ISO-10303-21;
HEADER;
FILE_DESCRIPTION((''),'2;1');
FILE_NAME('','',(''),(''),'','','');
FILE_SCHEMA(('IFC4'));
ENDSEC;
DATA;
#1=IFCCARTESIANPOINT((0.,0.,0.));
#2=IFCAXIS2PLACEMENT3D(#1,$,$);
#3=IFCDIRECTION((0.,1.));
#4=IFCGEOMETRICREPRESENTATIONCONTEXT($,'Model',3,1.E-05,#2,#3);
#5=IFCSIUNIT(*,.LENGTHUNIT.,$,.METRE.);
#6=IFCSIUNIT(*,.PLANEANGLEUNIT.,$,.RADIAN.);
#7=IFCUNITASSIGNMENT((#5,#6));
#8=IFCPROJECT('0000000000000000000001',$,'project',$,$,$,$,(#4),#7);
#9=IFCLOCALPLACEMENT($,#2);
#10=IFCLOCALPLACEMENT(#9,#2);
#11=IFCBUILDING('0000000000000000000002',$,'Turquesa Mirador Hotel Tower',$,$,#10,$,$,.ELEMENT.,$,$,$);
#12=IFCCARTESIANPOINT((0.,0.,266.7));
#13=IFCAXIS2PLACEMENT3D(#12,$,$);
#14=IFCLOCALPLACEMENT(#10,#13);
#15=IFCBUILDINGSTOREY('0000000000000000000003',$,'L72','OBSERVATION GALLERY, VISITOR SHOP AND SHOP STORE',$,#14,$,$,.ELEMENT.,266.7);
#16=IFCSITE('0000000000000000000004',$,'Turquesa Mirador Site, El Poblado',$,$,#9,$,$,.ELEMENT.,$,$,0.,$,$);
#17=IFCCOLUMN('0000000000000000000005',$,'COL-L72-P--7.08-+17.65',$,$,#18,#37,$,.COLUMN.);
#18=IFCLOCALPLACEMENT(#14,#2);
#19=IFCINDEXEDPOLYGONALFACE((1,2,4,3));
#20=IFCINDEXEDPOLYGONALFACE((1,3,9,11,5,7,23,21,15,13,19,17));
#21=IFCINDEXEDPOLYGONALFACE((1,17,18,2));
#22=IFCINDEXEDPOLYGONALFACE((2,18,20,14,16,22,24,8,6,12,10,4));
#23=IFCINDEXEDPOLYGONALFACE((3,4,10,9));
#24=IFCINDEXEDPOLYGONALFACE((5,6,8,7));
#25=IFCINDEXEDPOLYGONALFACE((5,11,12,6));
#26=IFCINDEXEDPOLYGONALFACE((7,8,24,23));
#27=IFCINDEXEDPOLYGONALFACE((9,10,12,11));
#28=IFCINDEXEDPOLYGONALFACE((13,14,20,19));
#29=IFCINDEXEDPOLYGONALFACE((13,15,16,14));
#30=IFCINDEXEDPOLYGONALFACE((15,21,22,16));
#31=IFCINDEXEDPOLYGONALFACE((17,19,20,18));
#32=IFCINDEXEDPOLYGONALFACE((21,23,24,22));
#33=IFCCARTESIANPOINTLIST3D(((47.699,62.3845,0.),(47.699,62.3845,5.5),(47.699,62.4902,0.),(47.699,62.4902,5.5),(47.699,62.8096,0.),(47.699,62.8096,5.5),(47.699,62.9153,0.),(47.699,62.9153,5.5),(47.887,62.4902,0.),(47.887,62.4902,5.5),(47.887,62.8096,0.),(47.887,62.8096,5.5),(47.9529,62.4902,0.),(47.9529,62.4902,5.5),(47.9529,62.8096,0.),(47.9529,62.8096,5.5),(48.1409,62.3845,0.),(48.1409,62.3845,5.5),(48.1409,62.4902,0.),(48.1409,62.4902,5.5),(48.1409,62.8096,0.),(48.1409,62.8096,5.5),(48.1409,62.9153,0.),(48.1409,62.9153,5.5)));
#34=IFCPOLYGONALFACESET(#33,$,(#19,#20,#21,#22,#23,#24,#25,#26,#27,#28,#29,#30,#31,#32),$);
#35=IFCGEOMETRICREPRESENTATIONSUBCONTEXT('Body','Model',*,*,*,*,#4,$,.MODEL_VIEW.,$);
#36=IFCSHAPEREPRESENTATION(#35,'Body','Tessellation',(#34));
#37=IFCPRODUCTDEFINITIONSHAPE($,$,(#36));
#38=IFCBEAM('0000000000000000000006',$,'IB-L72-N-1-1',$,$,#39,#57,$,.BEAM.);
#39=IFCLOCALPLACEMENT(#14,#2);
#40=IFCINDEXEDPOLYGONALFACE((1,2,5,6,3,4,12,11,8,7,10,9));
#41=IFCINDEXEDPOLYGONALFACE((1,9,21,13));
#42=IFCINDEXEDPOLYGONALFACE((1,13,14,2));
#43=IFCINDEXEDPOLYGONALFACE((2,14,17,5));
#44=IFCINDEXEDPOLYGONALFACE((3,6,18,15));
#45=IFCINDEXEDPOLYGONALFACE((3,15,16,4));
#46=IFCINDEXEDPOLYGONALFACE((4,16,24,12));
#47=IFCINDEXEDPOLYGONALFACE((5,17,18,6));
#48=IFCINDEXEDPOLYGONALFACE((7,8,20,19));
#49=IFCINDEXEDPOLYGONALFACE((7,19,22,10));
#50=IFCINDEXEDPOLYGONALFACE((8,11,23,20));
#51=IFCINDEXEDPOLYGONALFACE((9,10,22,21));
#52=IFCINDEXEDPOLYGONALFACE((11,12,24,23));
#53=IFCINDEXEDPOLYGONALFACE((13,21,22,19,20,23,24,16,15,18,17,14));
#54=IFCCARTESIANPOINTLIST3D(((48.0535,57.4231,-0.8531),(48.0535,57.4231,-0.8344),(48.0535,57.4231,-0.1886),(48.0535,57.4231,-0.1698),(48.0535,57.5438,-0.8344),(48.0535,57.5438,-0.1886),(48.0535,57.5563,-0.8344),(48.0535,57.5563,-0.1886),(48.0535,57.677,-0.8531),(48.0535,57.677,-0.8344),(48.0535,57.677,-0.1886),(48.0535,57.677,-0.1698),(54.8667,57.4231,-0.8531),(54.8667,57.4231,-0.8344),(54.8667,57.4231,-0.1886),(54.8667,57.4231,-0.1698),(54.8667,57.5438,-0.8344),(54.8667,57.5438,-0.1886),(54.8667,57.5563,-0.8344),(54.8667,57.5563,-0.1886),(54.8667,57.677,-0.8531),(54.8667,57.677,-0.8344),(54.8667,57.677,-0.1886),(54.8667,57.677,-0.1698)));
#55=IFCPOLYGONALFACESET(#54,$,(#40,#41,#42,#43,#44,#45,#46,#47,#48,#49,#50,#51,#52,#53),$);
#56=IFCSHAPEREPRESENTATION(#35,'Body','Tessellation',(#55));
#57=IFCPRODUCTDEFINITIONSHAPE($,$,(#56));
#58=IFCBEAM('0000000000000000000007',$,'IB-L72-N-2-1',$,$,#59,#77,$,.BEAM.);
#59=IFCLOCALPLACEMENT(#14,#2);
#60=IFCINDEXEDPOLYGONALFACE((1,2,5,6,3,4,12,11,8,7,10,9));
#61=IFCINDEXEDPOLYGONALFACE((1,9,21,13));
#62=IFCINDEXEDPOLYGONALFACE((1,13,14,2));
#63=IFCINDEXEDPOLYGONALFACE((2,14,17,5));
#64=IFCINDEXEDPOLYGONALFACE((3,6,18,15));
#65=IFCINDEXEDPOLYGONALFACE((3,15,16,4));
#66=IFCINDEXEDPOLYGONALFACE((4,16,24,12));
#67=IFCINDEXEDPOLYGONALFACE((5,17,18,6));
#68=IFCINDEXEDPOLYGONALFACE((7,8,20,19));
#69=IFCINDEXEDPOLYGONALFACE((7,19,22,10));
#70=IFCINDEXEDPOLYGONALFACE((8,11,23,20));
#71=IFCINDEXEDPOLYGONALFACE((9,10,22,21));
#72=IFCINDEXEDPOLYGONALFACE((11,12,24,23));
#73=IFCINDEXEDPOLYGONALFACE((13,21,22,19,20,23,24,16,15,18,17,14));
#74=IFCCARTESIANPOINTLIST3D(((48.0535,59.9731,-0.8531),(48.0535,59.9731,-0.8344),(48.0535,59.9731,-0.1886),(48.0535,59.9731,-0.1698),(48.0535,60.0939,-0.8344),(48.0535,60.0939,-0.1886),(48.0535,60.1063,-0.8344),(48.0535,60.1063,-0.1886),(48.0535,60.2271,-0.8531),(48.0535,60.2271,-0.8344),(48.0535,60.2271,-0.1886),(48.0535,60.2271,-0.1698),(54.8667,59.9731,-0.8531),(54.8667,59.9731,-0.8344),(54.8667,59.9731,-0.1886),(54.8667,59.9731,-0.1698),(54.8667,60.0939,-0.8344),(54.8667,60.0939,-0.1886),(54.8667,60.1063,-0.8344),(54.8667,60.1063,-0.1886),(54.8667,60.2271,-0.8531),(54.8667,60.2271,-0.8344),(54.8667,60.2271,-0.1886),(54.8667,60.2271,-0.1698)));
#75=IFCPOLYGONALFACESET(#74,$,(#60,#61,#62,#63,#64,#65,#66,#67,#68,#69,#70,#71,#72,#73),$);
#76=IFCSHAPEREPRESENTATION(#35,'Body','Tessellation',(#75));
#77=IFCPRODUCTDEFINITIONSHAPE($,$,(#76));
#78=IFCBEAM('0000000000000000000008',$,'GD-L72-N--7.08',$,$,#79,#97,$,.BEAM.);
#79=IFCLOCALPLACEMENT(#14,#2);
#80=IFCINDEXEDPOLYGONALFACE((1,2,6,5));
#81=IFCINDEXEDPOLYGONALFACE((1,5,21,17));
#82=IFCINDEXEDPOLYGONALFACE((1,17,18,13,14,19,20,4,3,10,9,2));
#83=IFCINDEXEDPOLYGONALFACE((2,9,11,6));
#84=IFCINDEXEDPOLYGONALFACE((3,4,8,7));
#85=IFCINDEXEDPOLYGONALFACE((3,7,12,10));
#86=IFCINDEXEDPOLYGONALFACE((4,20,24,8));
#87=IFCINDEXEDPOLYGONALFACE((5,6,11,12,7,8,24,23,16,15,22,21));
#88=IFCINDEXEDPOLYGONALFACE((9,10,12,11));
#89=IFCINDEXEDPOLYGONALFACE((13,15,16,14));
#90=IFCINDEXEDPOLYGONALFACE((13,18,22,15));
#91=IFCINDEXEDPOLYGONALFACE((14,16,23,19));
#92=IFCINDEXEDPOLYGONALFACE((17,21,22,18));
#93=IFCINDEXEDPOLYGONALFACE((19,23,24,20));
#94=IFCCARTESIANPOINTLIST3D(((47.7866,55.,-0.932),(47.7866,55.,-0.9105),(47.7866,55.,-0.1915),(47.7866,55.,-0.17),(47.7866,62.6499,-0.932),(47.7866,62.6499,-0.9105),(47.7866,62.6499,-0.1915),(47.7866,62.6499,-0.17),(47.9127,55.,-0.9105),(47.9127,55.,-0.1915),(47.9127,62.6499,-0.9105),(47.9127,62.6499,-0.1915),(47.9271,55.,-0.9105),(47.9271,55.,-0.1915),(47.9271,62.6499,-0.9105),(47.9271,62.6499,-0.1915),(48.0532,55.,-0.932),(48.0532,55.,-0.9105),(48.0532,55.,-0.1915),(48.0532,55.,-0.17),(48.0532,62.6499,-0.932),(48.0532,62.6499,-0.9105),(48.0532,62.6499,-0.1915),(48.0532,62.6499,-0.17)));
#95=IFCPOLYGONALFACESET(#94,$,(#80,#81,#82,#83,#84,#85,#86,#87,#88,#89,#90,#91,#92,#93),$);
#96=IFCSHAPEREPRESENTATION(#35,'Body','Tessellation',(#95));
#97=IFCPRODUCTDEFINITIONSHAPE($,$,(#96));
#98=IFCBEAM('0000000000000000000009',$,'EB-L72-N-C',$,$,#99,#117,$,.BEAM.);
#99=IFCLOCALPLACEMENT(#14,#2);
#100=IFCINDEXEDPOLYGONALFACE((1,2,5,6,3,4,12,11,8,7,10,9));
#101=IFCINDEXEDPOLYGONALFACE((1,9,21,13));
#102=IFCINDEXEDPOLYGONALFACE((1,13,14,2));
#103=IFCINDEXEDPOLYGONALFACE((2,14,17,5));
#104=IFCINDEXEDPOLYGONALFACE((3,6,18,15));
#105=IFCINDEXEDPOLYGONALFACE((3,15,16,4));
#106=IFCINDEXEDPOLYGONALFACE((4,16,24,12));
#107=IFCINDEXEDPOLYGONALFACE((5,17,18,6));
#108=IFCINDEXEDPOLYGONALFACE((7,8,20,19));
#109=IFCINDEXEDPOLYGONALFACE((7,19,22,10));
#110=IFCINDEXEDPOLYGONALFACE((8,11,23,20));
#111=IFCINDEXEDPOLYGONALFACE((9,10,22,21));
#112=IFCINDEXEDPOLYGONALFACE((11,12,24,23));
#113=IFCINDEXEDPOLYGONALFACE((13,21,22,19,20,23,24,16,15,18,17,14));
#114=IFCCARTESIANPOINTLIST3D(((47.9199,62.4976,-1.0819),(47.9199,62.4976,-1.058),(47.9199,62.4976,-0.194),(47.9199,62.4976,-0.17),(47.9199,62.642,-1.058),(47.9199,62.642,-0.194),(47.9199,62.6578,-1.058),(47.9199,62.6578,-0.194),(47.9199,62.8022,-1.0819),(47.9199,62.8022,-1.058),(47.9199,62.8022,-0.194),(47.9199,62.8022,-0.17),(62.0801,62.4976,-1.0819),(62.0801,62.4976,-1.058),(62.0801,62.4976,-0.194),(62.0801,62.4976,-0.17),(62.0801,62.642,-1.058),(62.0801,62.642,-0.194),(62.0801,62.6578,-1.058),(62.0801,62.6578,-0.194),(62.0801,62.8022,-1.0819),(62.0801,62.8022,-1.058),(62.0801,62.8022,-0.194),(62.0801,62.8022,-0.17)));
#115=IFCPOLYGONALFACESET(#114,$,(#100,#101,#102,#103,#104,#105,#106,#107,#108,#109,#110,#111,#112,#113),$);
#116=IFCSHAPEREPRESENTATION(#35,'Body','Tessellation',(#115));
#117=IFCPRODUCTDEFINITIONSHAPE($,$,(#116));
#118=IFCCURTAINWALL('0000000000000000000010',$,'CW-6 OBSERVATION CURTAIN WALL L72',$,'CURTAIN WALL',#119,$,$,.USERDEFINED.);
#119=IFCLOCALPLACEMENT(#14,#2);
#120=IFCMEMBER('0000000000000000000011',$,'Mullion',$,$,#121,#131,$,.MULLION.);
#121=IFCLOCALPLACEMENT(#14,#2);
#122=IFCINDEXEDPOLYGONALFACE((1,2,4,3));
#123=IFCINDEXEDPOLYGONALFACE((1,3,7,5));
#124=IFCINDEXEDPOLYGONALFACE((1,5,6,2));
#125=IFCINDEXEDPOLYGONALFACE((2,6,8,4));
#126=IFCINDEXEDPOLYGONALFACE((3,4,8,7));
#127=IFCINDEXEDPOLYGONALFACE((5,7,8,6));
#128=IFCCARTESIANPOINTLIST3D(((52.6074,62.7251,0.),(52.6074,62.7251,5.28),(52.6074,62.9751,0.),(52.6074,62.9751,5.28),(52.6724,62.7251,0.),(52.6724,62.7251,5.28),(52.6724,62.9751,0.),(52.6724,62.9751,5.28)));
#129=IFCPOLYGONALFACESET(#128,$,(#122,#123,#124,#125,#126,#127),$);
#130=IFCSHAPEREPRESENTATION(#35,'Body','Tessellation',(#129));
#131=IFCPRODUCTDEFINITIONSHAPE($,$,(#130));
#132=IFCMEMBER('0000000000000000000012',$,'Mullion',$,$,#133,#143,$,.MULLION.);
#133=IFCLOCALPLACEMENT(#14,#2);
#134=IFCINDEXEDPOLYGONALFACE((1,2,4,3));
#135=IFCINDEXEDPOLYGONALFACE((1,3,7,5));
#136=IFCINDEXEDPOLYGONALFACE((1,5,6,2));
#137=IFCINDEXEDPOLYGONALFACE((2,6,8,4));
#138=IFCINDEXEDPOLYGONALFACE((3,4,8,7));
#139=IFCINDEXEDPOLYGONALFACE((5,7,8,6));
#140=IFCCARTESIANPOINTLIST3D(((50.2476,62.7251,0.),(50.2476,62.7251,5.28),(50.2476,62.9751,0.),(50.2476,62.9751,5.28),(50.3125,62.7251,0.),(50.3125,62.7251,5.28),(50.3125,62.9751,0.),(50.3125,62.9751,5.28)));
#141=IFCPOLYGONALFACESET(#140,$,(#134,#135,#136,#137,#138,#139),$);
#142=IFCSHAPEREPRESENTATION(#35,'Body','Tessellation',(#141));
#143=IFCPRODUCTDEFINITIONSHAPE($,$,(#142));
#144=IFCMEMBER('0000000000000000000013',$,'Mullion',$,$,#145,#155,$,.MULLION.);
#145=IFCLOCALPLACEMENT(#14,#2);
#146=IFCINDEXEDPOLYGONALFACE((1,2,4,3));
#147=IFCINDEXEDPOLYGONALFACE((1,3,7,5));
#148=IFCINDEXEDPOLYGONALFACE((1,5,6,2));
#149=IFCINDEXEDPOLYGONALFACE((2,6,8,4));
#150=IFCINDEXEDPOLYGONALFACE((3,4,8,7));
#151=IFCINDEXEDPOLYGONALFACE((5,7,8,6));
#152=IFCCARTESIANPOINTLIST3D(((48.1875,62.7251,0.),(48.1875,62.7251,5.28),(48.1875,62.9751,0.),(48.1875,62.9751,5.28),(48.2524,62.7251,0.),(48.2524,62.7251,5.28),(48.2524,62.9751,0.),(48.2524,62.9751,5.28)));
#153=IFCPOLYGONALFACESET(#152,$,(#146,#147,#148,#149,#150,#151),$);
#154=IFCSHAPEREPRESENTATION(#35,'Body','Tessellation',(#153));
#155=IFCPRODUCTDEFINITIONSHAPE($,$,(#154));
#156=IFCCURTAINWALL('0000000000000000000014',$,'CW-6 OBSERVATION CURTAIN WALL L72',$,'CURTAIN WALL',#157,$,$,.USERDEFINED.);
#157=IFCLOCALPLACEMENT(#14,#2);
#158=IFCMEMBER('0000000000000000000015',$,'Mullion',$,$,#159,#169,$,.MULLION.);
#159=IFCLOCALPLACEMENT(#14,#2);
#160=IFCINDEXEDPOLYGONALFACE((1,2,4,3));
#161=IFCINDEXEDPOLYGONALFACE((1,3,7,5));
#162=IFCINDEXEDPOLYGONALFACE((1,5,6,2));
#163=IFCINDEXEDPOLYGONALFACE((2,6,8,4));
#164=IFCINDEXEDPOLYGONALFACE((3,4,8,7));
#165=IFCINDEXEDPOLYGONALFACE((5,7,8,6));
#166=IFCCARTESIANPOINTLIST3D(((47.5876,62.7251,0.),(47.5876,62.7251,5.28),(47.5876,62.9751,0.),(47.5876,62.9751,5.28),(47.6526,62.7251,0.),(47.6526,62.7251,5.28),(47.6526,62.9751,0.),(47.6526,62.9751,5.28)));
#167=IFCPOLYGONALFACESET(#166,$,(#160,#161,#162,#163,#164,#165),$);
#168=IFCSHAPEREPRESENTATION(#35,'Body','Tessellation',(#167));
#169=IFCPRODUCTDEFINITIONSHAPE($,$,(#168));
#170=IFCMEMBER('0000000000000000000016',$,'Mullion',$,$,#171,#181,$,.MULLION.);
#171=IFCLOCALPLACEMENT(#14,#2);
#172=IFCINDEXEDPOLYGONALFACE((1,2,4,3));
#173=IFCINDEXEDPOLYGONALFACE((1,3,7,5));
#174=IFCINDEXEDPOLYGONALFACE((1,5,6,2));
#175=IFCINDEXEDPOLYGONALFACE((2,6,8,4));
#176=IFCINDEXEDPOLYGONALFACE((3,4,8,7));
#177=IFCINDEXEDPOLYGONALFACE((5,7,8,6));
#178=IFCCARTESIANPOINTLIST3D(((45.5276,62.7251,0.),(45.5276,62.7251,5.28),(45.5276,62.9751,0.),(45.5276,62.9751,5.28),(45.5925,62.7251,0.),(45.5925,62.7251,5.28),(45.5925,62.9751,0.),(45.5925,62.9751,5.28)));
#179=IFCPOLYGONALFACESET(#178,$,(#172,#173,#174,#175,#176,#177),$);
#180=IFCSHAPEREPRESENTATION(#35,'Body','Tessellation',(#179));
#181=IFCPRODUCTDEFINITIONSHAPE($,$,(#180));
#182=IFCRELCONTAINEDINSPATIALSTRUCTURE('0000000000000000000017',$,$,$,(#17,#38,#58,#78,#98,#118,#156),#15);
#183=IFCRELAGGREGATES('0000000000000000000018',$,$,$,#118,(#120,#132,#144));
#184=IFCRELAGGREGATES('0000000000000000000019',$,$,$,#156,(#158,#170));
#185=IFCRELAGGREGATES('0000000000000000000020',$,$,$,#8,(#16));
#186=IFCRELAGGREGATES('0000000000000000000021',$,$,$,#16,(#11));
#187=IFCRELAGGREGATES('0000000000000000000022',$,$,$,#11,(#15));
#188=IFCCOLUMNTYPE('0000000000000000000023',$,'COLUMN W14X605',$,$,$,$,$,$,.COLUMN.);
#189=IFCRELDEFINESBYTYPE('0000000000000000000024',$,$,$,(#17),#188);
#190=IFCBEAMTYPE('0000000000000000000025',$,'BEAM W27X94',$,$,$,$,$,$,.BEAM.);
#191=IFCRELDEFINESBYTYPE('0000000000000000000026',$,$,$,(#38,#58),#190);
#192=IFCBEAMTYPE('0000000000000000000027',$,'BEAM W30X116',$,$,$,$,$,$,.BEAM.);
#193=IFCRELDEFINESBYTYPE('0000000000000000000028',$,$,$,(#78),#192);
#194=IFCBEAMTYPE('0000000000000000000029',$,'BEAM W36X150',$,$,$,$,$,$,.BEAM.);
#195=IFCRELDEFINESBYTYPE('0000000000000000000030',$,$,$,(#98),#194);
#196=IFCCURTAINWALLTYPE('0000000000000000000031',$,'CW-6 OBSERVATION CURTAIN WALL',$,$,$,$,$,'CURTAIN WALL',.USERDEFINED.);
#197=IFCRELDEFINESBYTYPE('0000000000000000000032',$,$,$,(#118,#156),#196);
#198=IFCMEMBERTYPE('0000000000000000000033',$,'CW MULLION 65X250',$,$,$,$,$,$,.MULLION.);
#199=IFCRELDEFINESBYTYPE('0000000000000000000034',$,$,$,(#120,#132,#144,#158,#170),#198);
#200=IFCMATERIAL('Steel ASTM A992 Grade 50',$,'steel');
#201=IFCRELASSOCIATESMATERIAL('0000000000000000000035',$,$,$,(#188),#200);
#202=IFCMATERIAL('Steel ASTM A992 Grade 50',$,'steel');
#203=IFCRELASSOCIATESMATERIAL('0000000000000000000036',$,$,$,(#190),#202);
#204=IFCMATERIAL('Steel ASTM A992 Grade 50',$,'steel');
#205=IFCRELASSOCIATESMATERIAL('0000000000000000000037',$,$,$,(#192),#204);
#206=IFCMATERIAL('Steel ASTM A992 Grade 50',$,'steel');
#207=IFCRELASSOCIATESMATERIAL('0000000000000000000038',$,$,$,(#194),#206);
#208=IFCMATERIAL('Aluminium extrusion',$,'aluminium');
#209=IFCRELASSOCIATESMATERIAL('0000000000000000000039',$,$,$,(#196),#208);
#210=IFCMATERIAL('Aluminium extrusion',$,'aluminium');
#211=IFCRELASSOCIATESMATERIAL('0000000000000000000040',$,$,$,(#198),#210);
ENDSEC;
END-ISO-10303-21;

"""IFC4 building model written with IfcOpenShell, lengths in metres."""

from ifc_helpers import new_model, si_unit, direction, frame, origin, origin_2d, place, context, subcontext, project, spatial, rectangle, i_section, extrude, material, material_profile, profile_set, type_object, element, aggregate, save


model = new_model("IFC4")

# Units and contexts
model_context = context("Model", 3, precision=1e-05, world=origin(), true_north=direction((0.0, 1.0)))
body_context = subcontext(model_context, "Body", "Model", "MODEL_VIEW")
ifc_project = project(units=[si_unit("LENGTHUNIT", "METRE"), si_unit("PLANEANGLEUNIT", "RADIAN")], contexts=[model_context])

# Site, building, storey
site_placement = place(None, origin())
site = spatial("IfcSite", under=ifc_project, at=site_placement, Name="Turquesa Mirador Site, El Poblado", CompositionType="ELEMENT", RefElevation=0.0)
building_placement = place(site_placement, origin())
building = spatial("IfcBuilding", under=site, at=building_placement, Name="Turquesa Mirador Hotel Tower", CompositionType="ELEMENT")
storey_placement = place(building_placement, frame((0.0, 0.0, 266.7)))
storey = spatial("IfcBuildingStorey", under=building, at=storey_placement, Name="L72", Description="OBSERVATION GALLERY, VISITOR SHOP AND SHOP STORE", CompositionType="ELEMENT", Elevation=266.7)

# Column
ifc_material_1 = material(Name="Steel ASTM A992 Grade 50", Category="steel")
ifc_material_profile_1 = material_profile(ifc_material_1, i_section(OverallWidth=0.4419, OverallDepth=0.5308, WebThickness=0.0659, FlangeThickness=0.1057, at=origin_2d()), Name="W14X605")
ifc_profile_set_1 = profile_set([ifc_material_profile_1], Name="Steel ASTM A992 Grade 50")
column_type = type_object("IfcColumnType", Name="COLUMN W14X605", PredefinedType="COLUMN", material=ifc_profile_set_1)
column_placement = place(storey_placement, frame((47.9199, 62.6499, 0.0), z_axis=(0.0, 0.0, 1.0), x_axis=(1.0, 0.0, 0.0)))
element("IfcColumn", 1, at=column_placement, inside=storey, type_object=column_type, Name="COL-L72-P--7.08-+17.65", PredefinedType="COLUMN", context=body_context, shape_type="SweptSolid", body=[
    extrude(i_section(OverallWidth=0.4419, OverallDepth=0.5308, WebThickness=0.0659, FlangeThickness=0.1057, at=origin_2d()), origin(), (0.0, 0.0, 1.0), 5.5),
])

# Beams
ifc_material_2 = material(Name="Steel ASTM A992 Grade 50", Category="steel")
ifc_material_profile_2 = material_profile(ifc_material_2, i_section(OverallWidth=0.2539, OverallDepth=0.6833, WebThickness=0.0125, FlangeThickness=0.0188, at=origin_2d()), Name="W27X94")
ifc_profile_set_2 = profile_set([ifc_material_profile_2], Name="Steel ASTM A992 Grade 50")
beam_type_1 = type_object("IfcBeamType", Name="BEAM W27X94", PredefinedType="BEAM", material=ifc_profile_set_2)
for number, where, z_axis, x_axis, name in (
    (2, (48.0535, 57.55, -0.5115), (1.0, 0.0, 0.0), (0.0, 1.0, 0.0), "IB-L72-N-1-1"),
    (3, (48.0535, 60.1001, -0.5115), (1.0, 0.0, 0.0), (0.0, 1.0, 0.0), "IB-L72-N-2-1"),
):
    element("IfcBeam", number, at=place(storey_placement, frame(where, z_axis=z_axis, x_axis=x_axis)), inside=storey, type_object=beam_type_1, Name=name, PredefinedType="BEAM", context=body_context, shape_type="SweptSolid", body=[
        extrude(i_section(OverallWidth=0.2539, OverallDepth=0.6833, WebThickness=0.0125, FlangeThickness=0.0188, at=origin_2d()), origin(), (0.0, 0.0, 1.0), 6.8132),
    ])
ifc_material_3 = material(Name="Steel ASTM A992 Grade 50", Category="steel")
ifc_material_profile_3 = material_profile(ifc_material_3, i_section(OverallWidth=0.2666, OverallDepth=0.762, WebThickness=0.0144, FlangeThickness=0.0215, at=origin_2d()), Name="W30X116")
ifc_profile_set_3 = profile_set([ifc_material_profile_3], Name="Steel ASTM A992 Grade 50")
beam_type_2 = type_object("IfcBeamType", Name="BEAM W30X116", PredefinedType="BEAM", material=ifc_profile_set_3)
beam_1_placement = place(storey_placement, frame((47.9199, 62.6499, -0.551), z_axis=(0.0, -1.0, 0.0), x_axis=(1.0, 0.0, 0.0)))
element("IfcBeam", 4, at=beam_1_placement, inside=storey, type_object=beam_type_2, Name="GD-L72-N--7.08", PredefinedType="BEAM", context=body_context, shape_type="SweptSolid", body=[
    extrude(i_section(OverallWidth=0.2666, OverallDepth=0.762, WebThickness=0.0144, FlangeThickness=0.0215, at=origin_2d()), origin(), (0.0, 0.0, 1.0), 7.6499),
])
ifc_material_4 = material(Name="Steel ASTM A992 Grade 50", Category="steel")
ifc_material_profile_4 = material_profile(ifc_material_4, i_section(OverallWidth=0.3047, OverallDepth=0.9119, WebThickness=0.0159, FlangeThickness=0.0239, at=origin_2d()), Name="W36X150")
ifc_profile_set_4 = profile_set([ifc_material_profile_4], Name="Steel ASTM A992 Grade 50")
beam_type_3 = type_object("IfcBeamType", Name="BEAM W36X150", PredefinedType="BEAM", material=ifc_profile_set_4)
beam_2_placement = place(storey_placement, frame((47.9199, 62.6499, -0.626), z_axis=(1.0, 0.0, 0.0), x_axis=(0.0, 1.0, 0.0)))
element("IfcBeam", 5, at=beam_2_placement, inside=storey, type_object=beam_type_3, Name="EB-L72-N-C", PredefinedType="BEAM", context=body_context, shape_type="SweptSolid", body=[
    extrude(i_section(OverallWidth=0.3047, OverallDepth=0.9119, WebThickness=0.0159, FlangeThickness=0.0239, at=origin_2d()), origin(), (0.0, 0.0, 1.0), 14.1602),
])

# Curtain walls, members
ifc_material_5 = material(Name="Aluminium extrusion", Category="aluminium")
curtain_wall_type = type_object("IfcCurtainWallType", Name="CW-6 OBSERVATION CURTAIN WALL", ElementType="CURTAIN WALL", PredefinedType="USERDEFINED", material=ifc_material_5)
curtain_wall_1_placement = place(storey_placement, origin())
curtain_wall_1 = element("IfcCurtainWall", 6, at=curtain_wall_1_placement, inside=storey, type_object=curtain_wall_type, Name="CW-6 OBSERVATION CURTAIN WALL L72", ObjectType="CURTAIN WALL", PredefinedType="USERDEFINED")
ifc_material_6 = material(Name="Aluminium extrusion", Category="aluminium")
ifc_material_profile_5 = material_profile(ifc_material_6, rectangle(XDim=0.0649, YDim=0.25, at=origin_2d()), Name="MULLION 65X250")
ifc_profile_set_5 = profile_set([ifc_material_profile_5], Name="Aluminium extrusion")
member_type_1 = type_object("IfcMemberType", Name="CW MULLION 65X250", PredefinedType="MULLION", material=ifc_profile_set_5)
member_1_placement = place(storey_placement, frame((52.6399, 62.8501, 0.0), z_axis=(0.0, 0.0, 1.0), x_axis=(-1.0, 0.0, 0.0)))
member_1 = element("IfcMember", 7, at=member_1_placement, type_object=member_type_1, Name="Mullion", PredefinedType="MULLION", context=body_context, shape_type="SweptSolid", body=[
    extrude(rectangle(XDim=0.0649, YDim=0.25, at=origin_2d()), origin(), (0.0, 0.0, 1.0), 5.28),
])
member_2_placement = place(storey_placement, frame((50.28, 62.8501, 0.0), z_axis=(0.0, 0.0, 1.0), x_axis=(-1.0, 0.0, 0.0)))
member_2 = element("IfcMember", 8, at=member_2_placement, type_object=member_type_1, Name="Mullion", PredefinedType="MULLION", context=body_context, shape_type="SweptSolid", body=[
    extrude(rectangle(XDim=0.0649, YDim=0.25, at=origin_2d()), origin(), (0.0, 0.0, 1.0), 5.28),
])
member_3_placement = place(storey_placement, frame((48.22, 62.8501, 0.0), z_axis=(0.0, 0.0, 1.0), x_axis=(-1.0, 0.0, 0.0)))
member_3 = element("IfcMember", 9, at=member_3_placement, type_object=member_type_1, Name="Mullion", PredefinedType="MULLION", context=body_context, shape_type="SweptSolid", body=[
    extrude(rectangle(XDim=0.0649, YDim=0.25, at=origin_2d()), origin(), (0.0, 0.0, 1.0), 5.28),
])
curtain_wall_2_placement = place(storey_placement, origin())
curtain_wall_2 = element("IfcCurtainWall", 10, at=curtain_wall_2_placement, inside=storey, type_object=curtain_wall_type, Name="CW-6 OBSERVATION CURTAIN WALL L72", ObjectType="CURTAIN WALL", PredefinedType="USERDEFINED")
member_4_placement = place(storey_placement, frame((47.6201, 62.8501, 0.0), z_axis=(0.0, 0.0, 1.0), x_axis=(-1.0, 0.0, 0.0)))
member_4 = element("IfcMember", 11, at=member_4_placement, type_object=member_type_1, Name="Mullion", PredefinedType="MULLION", context=body_context, shape_type="SweptSolid", body=[
    extrude(rectangle(XDim=0.0649, YDim=0.25, at=origin_2d()), origin(), (0.0, 0.0, 1.0), 5.28),
])
member_5_placement = place(storey_placement, frame((45.5601, 62.8501, 0.0), z_axis=(0.0, 0.0, 1.0), x_axis=(-1.0, 0.0, 0.0)))
member_5 = element("IfcMember", 12, at=member_5_placement, type_object=member_type_1, Name="Mullion", PredefinedType="MULLION", context=body_context, shape_type="SweptSolid", body=[
    extrude(rectangle(XDim=0.0649, YDim=0.25, at=origin_2d()), origin(), (0.0, 0.0, 1.0), 5.28),
])

aggregate(curtain_wall_1, [member_1, member_2, member_3])
aggregate(curtain_wall_2, [member_4, member_5])

save(model, "model.ifc")
